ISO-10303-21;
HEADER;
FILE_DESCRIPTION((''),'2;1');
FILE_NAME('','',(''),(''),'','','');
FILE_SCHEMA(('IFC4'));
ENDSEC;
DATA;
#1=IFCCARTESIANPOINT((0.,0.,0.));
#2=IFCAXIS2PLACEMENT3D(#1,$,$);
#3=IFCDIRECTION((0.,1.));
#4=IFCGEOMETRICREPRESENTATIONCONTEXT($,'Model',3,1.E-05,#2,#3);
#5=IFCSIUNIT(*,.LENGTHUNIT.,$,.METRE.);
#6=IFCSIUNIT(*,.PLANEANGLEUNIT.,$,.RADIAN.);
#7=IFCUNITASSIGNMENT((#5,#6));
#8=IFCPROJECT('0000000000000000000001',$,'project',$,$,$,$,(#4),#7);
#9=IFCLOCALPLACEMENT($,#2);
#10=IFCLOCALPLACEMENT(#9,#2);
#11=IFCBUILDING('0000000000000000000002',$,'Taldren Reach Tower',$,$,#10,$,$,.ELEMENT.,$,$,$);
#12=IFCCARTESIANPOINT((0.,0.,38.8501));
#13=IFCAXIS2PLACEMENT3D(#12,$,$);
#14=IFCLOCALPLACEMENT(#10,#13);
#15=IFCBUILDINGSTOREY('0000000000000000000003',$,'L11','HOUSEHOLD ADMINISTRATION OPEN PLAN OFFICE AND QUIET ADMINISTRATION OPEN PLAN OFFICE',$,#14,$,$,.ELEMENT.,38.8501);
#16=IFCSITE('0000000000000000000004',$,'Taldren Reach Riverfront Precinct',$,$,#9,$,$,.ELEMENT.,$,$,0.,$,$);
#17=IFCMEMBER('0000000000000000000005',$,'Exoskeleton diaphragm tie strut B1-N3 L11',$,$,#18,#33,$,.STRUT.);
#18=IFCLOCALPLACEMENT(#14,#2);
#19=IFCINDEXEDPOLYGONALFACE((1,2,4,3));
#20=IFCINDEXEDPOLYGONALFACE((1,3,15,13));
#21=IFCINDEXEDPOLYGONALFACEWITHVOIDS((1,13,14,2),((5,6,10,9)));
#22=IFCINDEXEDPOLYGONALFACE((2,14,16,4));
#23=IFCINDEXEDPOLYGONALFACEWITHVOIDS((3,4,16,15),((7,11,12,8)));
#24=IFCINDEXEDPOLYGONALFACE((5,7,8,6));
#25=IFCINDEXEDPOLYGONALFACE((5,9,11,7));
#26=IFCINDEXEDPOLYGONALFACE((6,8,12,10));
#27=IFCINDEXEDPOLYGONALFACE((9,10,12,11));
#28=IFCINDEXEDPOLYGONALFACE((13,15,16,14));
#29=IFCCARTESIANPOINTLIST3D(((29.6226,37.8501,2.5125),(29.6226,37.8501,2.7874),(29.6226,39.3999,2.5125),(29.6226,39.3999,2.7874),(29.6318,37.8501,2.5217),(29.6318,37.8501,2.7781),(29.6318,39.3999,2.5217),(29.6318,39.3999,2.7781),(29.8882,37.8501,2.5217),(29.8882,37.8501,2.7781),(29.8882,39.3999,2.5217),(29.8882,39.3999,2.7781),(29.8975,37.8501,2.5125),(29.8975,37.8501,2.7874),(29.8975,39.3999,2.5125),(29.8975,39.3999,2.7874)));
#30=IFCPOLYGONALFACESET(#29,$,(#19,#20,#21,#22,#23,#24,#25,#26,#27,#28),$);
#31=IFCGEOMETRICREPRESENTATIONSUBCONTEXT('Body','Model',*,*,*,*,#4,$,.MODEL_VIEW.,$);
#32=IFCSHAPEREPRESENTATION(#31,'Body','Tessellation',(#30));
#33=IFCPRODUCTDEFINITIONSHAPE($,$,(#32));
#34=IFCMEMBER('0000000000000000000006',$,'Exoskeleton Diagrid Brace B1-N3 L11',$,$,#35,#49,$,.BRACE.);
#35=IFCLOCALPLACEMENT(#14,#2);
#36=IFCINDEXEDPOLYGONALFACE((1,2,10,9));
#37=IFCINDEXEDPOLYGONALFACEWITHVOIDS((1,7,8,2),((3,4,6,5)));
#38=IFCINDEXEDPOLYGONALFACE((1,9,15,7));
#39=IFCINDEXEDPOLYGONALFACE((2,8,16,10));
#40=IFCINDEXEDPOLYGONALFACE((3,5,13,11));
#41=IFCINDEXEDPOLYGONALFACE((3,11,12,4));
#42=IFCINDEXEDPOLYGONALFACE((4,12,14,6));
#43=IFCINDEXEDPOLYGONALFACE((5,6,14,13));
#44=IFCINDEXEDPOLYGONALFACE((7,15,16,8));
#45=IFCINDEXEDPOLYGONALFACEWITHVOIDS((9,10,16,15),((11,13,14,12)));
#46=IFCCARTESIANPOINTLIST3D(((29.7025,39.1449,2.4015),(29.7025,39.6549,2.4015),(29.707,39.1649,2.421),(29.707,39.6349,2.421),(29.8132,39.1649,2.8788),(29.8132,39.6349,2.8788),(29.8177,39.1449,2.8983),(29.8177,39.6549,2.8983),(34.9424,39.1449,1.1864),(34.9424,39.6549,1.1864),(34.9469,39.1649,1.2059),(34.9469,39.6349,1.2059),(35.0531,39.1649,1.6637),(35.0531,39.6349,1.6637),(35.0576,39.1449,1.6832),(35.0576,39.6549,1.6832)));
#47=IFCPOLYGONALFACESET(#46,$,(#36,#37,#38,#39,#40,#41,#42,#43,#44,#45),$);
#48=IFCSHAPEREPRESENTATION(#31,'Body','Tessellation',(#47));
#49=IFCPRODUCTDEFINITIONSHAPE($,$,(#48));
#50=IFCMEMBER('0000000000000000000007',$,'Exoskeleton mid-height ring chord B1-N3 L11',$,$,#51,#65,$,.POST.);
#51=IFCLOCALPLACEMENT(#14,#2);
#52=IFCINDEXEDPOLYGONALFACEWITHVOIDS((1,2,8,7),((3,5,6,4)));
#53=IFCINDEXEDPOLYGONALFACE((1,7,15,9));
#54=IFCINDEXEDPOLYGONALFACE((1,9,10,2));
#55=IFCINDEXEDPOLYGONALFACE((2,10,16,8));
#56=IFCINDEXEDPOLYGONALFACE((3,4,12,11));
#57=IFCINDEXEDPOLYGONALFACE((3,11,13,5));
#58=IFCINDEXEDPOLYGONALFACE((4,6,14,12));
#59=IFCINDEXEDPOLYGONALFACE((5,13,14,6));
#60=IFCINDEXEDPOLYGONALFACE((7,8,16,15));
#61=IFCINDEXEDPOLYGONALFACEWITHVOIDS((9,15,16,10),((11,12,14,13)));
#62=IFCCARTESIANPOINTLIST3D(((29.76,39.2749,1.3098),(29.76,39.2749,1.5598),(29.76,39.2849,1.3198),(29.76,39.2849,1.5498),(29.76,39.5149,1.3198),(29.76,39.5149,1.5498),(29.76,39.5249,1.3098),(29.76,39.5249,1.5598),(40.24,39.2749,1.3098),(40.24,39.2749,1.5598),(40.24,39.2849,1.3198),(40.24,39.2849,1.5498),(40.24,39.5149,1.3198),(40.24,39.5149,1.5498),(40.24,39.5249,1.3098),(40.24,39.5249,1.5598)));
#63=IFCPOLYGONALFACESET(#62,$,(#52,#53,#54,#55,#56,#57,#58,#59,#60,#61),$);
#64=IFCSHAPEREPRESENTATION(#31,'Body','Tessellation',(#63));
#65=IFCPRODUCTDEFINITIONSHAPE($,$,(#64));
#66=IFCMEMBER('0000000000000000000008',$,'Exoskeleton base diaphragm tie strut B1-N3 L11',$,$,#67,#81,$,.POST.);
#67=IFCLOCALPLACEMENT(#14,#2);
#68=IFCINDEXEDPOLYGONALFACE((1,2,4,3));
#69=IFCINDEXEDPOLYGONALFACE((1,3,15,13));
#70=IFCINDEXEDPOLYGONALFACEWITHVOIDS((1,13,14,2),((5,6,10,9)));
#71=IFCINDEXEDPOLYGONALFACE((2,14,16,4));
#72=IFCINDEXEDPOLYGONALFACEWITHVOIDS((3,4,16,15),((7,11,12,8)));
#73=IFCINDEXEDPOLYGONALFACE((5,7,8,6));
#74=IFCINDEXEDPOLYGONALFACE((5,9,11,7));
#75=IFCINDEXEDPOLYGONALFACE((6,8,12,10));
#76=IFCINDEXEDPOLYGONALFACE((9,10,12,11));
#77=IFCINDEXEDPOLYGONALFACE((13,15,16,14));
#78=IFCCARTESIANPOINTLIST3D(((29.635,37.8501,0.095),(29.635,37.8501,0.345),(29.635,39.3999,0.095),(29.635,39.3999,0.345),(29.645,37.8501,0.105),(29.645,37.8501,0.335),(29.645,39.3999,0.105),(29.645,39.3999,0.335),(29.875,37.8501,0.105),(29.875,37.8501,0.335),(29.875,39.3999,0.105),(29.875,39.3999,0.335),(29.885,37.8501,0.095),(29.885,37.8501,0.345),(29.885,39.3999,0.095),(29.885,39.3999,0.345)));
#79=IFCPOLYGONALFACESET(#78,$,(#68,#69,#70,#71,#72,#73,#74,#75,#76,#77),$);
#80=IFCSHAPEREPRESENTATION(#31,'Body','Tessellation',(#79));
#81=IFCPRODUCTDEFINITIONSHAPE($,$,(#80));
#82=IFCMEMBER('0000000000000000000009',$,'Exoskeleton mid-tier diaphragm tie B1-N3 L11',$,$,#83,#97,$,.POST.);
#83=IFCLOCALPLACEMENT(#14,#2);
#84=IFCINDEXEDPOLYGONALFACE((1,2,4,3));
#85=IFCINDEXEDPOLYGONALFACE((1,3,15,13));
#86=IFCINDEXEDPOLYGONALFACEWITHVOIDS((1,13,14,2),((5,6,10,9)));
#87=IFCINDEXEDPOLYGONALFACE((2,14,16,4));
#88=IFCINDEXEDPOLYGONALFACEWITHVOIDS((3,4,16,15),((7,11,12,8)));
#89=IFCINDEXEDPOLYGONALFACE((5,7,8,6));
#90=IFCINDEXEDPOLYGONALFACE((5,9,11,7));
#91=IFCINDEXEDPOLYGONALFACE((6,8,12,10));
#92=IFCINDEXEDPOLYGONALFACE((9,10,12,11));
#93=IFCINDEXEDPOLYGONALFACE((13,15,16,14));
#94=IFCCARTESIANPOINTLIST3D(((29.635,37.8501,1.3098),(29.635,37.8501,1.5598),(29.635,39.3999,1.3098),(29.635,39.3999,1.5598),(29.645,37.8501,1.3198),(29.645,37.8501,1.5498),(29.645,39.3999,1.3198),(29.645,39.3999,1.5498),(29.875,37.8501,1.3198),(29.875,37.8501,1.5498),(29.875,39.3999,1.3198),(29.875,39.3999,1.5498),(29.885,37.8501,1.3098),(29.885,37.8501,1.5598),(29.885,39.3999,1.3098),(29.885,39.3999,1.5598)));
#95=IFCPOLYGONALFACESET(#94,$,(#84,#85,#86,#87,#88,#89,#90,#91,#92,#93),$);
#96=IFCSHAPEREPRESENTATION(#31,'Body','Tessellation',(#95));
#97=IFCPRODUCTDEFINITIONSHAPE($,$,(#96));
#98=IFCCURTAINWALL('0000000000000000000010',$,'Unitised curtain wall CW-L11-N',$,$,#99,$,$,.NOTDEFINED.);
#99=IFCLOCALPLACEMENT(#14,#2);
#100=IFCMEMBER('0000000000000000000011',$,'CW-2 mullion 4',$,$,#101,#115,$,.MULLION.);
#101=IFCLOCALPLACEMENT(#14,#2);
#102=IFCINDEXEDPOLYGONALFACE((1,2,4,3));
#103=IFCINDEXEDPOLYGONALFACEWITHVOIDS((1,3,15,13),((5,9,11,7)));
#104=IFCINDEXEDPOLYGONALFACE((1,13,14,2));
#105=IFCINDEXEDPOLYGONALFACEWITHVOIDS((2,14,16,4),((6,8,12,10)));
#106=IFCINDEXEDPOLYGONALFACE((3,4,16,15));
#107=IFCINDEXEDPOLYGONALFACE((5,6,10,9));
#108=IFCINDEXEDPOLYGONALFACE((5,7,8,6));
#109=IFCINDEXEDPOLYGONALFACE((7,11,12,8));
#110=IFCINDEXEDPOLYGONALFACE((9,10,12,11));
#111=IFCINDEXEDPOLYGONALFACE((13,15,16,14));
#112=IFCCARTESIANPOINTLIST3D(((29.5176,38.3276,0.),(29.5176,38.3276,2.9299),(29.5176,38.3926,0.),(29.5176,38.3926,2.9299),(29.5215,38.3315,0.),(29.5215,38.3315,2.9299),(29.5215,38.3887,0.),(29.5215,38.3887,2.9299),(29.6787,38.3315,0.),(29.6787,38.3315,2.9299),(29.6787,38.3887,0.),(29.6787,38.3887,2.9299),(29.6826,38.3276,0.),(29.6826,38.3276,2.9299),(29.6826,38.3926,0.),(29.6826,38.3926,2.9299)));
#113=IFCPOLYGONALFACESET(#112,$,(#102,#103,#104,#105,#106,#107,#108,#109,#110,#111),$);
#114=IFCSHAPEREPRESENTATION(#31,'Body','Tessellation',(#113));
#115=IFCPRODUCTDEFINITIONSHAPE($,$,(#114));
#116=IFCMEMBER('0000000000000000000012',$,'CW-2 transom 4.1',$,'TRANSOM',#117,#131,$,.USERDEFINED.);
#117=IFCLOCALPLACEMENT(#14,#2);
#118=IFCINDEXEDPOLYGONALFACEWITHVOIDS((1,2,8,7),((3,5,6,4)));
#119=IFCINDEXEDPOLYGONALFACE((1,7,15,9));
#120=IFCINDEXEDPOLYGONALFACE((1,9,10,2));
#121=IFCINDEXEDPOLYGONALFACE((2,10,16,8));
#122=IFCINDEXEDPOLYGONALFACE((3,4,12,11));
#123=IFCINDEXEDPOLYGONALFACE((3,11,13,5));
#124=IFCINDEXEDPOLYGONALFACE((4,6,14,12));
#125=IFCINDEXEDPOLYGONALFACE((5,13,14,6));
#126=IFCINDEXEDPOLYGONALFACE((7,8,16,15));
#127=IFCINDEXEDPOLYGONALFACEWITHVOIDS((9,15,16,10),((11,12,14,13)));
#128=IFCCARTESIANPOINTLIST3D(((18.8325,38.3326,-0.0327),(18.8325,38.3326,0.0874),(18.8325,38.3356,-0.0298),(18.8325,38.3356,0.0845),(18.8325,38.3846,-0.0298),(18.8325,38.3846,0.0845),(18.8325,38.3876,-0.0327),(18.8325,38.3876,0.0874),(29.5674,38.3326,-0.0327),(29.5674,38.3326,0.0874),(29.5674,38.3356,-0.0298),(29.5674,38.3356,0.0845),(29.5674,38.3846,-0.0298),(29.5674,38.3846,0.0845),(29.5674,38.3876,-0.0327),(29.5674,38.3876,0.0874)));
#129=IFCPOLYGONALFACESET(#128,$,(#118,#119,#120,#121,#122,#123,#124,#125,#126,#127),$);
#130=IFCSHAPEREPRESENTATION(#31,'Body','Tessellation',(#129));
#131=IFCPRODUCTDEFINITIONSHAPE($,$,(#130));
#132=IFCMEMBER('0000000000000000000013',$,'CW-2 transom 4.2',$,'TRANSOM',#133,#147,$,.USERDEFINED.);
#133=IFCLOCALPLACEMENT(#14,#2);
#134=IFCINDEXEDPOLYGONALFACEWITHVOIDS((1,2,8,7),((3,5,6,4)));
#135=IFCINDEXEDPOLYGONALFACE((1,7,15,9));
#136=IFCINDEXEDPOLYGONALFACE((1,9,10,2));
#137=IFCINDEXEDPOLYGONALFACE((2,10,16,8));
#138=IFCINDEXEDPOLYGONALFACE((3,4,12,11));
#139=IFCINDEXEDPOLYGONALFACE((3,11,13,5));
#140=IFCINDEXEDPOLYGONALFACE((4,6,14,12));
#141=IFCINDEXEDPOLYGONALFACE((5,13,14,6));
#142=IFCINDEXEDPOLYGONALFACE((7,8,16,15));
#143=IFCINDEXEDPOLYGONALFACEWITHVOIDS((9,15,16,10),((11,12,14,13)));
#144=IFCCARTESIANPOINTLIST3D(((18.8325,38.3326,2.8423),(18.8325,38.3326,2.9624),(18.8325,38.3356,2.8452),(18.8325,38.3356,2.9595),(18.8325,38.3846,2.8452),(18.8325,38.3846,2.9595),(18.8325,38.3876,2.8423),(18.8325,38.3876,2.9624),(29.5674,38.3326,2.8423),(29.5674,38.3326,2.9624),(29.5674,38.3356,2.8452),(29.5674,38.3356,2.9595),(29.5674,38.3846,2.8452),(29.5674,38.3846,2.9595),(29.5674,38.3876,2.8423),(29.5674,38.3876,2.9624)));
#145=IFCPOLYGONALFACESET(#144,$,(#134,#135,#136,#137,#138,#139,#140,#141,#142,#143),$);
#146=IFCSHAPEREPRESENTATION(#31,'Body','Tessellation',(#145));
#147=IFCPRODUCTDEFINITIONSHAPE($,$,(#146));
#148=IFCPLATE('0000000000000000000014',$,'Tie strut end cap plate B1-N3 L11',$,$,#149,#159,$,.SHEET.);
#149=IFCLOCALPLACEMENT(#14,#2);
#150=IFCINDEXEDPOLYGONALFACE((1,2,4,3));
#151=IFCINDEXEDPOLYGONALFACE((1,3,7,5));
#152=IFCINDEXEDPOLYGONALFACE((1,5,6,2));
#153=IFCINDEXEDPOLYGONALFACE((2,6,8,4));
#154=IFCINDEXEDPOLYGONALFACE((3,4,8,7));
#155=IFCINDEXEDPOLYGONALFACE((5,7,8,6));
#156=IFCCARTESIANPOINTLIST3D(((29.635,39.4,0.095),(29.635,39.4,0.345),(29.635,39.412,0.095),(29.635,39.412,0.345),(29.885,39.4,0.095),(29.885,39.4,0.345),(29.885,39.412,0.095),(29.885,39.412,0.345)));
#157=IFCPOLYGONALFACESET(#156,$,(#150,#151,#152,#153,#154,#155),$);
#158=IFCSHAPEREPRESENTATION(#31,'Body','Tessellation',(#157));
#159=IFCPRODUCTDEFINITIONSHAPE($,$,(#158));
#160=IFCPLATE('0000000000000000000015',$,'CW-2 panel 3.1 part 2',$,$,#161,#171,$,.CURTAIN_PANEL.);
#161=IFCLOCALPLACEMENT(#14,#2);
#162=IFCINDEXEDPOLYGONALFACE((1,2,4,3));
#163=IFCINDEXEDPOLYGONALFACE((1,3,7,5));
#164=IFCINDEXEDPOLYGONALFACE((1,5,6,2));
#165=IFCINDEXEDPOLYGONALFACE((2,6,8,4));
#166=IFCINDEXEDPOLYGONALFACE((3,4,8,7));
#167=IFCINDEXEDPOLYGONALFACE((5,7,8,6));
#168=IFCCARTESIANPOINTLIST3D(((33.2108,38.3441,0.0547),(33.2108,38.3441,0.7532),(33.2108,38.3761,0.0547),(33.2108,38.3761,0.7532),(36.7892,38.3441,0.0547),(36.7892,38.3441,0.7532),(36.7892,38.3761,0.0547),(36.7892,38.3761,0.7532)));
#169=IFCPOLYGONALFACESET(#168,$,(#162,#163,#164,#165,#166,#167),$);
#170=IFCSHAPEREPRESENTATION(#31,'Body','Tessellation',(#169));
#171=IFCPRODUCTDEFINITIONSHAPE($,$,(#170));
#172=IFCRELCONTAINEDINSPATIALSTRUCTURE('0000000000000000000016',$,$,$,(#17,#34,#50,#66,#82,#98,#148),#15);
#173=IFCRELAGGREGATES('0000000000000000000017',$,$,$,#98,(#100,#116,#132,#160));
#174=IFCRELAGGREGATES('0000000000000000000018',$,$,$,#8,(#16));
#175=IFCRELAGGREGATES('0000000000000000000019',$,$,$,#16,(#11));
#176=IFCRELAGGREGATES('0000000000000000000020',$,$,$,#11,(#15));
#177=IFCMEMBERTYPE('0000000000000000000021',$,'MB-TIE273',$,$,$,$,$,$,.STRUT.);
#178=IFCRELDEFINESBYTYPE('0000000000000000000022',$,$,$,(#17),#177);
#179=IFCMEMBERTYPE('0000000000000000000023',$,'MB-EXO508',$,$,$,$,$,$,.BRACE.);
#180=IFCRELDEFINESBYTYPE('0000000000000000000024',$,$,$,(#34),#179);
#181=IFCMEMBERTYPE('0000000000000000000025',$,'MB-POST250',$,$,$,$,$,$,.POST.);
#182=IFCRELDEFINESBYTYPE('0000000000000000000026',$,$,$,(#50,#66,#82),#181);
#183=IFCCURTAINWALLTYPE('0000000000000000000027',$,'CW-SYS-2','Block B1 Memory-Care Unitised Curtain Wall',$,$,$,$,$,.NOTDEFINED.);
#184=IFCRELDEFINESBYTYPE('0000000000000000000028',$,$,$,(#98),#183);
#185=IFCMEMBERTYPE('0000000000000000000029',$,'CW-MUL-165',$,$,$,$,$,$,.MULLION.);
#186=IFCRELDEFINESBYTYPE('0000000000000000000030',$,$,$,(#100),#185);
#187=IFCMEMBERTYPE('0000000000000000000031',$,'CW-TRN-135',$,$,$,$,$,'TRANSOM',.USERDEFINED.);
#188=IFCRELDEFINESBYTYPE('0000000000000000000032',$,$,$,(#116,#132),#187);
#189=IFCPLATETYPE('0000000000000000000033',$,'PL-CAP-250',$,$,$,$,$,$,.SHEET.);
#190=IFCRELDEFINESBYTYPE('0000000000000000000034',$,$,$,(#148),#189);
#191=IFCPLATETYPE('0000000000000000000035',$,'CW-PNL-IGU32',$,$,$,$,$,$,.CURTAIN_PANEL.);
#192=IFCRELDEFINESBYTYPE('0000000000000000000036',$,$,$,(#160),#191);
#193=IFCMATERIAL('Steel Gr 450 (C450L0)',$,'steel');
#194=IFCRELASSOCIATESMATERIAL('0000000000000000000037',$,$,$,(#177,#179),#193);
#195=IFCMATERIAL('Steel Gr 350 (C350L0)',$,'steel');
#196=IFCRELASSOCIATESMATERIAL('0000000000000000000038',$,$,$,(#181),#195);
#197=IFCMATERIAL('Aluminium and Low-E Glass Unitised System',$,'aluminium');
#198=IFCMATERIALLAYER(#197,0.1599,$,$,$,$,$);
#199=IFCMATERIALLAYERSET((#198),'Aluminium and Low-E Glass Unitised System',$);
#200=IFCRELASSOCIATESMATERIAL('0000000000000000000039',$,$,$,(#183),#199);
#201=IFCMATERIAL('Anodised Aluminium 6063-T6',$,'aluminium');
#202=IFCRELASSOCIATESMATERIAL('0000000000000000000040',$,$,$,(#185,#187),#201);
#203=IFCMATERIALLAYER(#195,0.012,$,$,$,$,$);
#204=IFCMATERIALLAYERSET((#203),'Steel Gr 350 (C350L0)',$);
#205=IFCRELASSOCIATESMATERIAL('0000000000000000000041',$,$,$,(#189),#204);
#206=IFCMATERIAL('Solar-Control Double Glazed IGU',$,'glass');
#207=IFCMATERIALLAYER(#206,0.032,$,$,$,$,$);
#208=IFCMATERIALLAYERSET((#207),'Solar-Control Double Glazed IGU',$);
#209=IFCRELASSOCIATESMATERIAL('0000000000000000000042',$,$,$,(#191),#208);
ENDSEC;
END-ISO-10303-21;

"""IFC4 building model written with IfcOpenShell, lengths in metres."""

from ifc_helpers import new_model, si_unit, direction, frame, origin, origin_2d, place, context, subcontext, project, spatial, rectangle, hollow_rectangle, extrude, source, transform, mapped, material, layer, layer_set, material_profile, profile_set, type_object, element, aggregate, save


model = new_model("IFC4")

# Units and contexts
model_context = context("Model", 3, precision=1e-05, world=origin(), true_north=direction((0.0, 1.0)))
body_context = subcontext(model_context, "Body", "Model", "MODEL_VIEW")
ifc_project = project(units=[si_unit("LENGTHUNIT", "METRE"), si_unit("PLANEANGLEUNIT", "RADIAN")], contexts=[model_context])

# Site, building, storey
site_placement = place(None, origin())
site = spatial("IfcSite", under=ifc_project, at=site_placement, Name="Taldren Reach Riverfront Precinct", CompositionType="ELEMENT", RefElevation=0.0)
building_placement = place(site_placement, origin())
building = spatial("IfcBuilding", under=site, at=building_placement, Name="Taldren Reach Tower", CompositionType="ELEMENT")
storey_placement = place(building_placement, frame((0.0, 0.0, 38.8501)))
storey = spatial("IfcBuildingStorey", under=building, at=storey_placement, Name="L11", Description="HOUSEHOLD ADMINISTRATION OPEN PLAN OFFICE AND QUIET ADMINISTRATION OPEN PLAN OFFICE", CompositionType="ELEMENT", Elevation=38.8501)

# Members
ifc_material_1 = material(Name="Steel Gr 450 (C450L0)", Category="steel")
ifc_material_profile_1 = material_profile(ifc_material_1, hollow_rectangle(XDim=0.2749, YDim=0.2749, WallThickness=0.0093, at=origin_2d()), Name="275x275x9.3SHS")
ifc_profile_set_1 = profile_set([ifc_material_profile_1], Name="Steel Gr 450 (C450L0)")
member_type_1 = type_object("IfcMemberType", Name="MB-TIE273", PredefinedType="STRUT", material=ifc_profile_set_1)
shared_shape_1 = source(origin(), body_context, "Body", "SweptSolid", [
    extrude(hollow_rectangle(XDim=0.2749, YDim=0.2749, WallThickness=0.0093, at=origin_2d()), origin(), (0.0, 0.0, 1.0), 1.5498),
])
member_1_placement = place(storey_placement, frame((29.76, 37.8501, 2.6499), z_axis=(0.0, 1.0, 0.0), x_axis=(-1.0, 0.0, 0.0)))
element("IfcMember", 1, at=member_1_placement, inside=storey, type_object=member_type_1, Name="Exoskeleton diaphragm tie strut B1-N3 L11", PredefinedType="STRUT", context=body_context, shape_type="MappedRepresentation", body=[
    mapped(shared_shape_1, transform((0.0, 0.0, 0.0), scale=1.0)),
])
ifc_material_profile_2 = material_profile(ifc_material_1, hollow_rectangle(XDim=0.51, YDim=0.51, WallThickness=0.02, at=origin_2d()), Name="510x510x20.0SHS")
ifc_profile_set_2 = profile_set([ifc_material_profile_2], Name="Steel Gr 450 (C450L0)")
member_type_2 = type_object("IfcMemberType", Name="MB-EXO508", PredefinedType="BRACE", material=ifc_profile_set_2)
shared_shape_2 = source(origin(), body_context, "Body", "SweptSolid", [
    extrude(hollow_rectangle(XDim=0.51, YDim=0.51, WallThickness=0.02, at=origin_2d()), origin(), (0.0, 0.0, 1.0), 5.3789),
])
member_2_placement = place(storey_placement, frame((35.0, 39.3999, 1.4348), z_axis=(-0.974152, 0.0, 0.225894), x_axis=(0.0, -1.0, 0.0)))
element("IfcMember", 2, at=member_2_placement, inside=storey, type_object=member_type_2, Name="Exoskeleton Diagrid Brace B1-N3 L11", PredefinedType="BRACE", context=body_context, shape_type="MappedRepresentation", body=[
    mapped(shared_shape_2, transform((0.0, 0.0, 0.0), scale=1.0)),
])
ifc_material_2 = material(Name="Steel Gr 350 (C350L0)", Category="steel")
ifc_material_profile_3 = material_profile(ifc_material_2, hollow_rectangle(XDim=0.25, YDim=0.25, WallThickness=0.01, at=origin_2d()), Name="250x250x10.0SHS")
ifc_profile_set_3 = profile_set([ifc_material_profile_3], Name="Steel Gr 350 (C350L0)")
member_type_3 = type_object("IfcMemberType", Name="MB-POST250", PredefinedType="POST", material=ifc_profile_set_3)
shared_shape_3 = source(origin(), body_context, "Body", "SweptSolid", [
    extrude(hollow_rectangle(XDim=0.25, YDim=0.25, WallThickness=0.01, at=origin_2d()), origin(), (0.0, 0.0, 1.0), 10.48),
])
member_3_placement = place(storey_placement, frame((29.76, 39.3999, 1.4348), z_axis=(1.0, 0.0, 0.0), x_axis=(0.0, 1.0, 0.0)))
element("IfcMember", 3, at=member_3_placement, inside=storey, type_object=member_type_3, Name="Exoskeleton mid-height ring chord B1-N3 L11", PredefinedType="POST", context=body_context, shape_type="MappedRepresentation", body=[
    mapped(shared_shape_3, transform((0.0, 0.0, 0.0), scale=1.0)),
])
shared_shape_4 = source(origin(), body_context, "Body", "SweptSolid", [
    extrude(hollow_rectangle(XDim=0.25, YDim=0.25, WallThickness=0.01, at=origin_2d()), origin(), (0.0, 0.0, 1.0), 1.5498),
])
for number, where, z_axis, x_axis, name in (
    (4, (29.76, 37.8501, 0.22), (0.0, 1.0, 0.0), (-1.0, 0.0, 0.0), "Exoskeleton base diaphragm tie strut B1-N3 L11"),
    (5, (29.76, 37.8501, 1.4348), (0.0, 1.0, 0.0), (-1.0, 0.0, 0.0), "Exoskeleton mid-tier diaphragm tie B1-N3 L11"),
):
    element("IfcMember", number, at=place(storey_placement, frame(where, z_axis=z_axis, x_axis=x_axis)), inside=storey, type_object=member_type_3, Name=name, PredefinedType="POST", context=body_context, shape_type="MappedRepresentation", body=[
        mapped(shared_shape_4, transform((0.0, 0.0, 0.0), scale=1.0)),
    ])

# Curtain wall, members
ifc_material_3 = material(Name="Aluminium and Low-E Glass Unitised System", Category="aluminium")
ifc_layer_1 = layer(ifc_material_3, 0.1599)
ifc_layer_set_1 = layer_set([ifc_layer_1], Name="Aluminium and Low-E Glass Unitised System")
curtain_wall_type = type_object("IfcCurtainWallType", Name="CW-SYS-2", Description="Block B1 Memory-Care Unitised Curtain Wall", PredefinedType="NOTDEFINED", material=ifc_layer_set_1)
curtain_wall_placement = place(storey_placement, origin())
curtain_wall = element("IfcCurtainWall", 6, at=curtain_wall_placement, inside=storey, type_object=curtain_wall_type, Name="Unitised curtain wall CW-L11-N", PredefinedType="NOTDEFINED")
ifc_material_4 = material(Name="Anodised Aluminium 6063-T6", Category="aluminium")
ifc_material_profile_4 = material_profile(ifc_material_4, hollow_rectangle(XDim=0.0649, YDim=0.165, WallThickness=0.0039, at=origin_2d()), Name="ALU-165x65x4RHS")
ifc_profile_set_4 = profile_set([ifc_material_profile_4], Name="Anodised Aluminium 6063-T6")
member_type_4 = type_object("IfcMemberType", Name="CW-MUL-165", PredefinedType="MULLION", material=ifc_profile_set_4)
shared_shape_5 = source(origin(), body_context, "Body", "SweptSolid", [
    extrude(hollow_rectangle(XDim=0.0649, YDim=0.165, WallThickness=0.0039, at=origin_2d()), origin(), (0.0, 0.0, 1.0), 2.9299),
])
member_4_placement = place(storey_placement, frame((29.6001, 38.3601, 0.0), z_axis=(0.0, 0.0, 1.0), x_axis=(0.0, -1.0, 0.0)))
member_4 = element("IfcMember", 7, at=member_4_placement, type_object=member_type_4, Name="CW-2 mullion 4", PredefinedType="MULLION", context=body_context, shape_type="MappedRepresentation", body=[
    mapped(shared_shape_5, transform((0.0, 0.0, 0.0), scale=1.0)),
])
ifc_material_profile_5 = material_profile(ifc_material_4, hollow_rectangle(XDim=0.0549, YDim=0.1201, WallThickness=0.0029, at=origin_2d()), Name="ALU-120x55x3RHS")
ifc_profile_set_5 = profile_set([ifc_material_profile_5], Name="Anodised Aluminium 6063-T6")
member_type_5 = type_object("IfcMemberType", Name="CW-TRN-135", ElementType="TRANSOM", PredefinedType="USERDEFINED", material=ifc_profile_set_5)
shared_shape_6 = source(origin(), body_context, "Body", "SweptSolid", [
    extrude(hollow_rectangle(XDim=0.0549, YDim=0.1201, WallThickness=0.0029, at=origin_2d()), origin(), (0.0, 0.0, 1.0), 10.7349),
])
member_5_placement = place(storey_placement, frame((29.5674, 38.3601, 0.0273), z_axis=(-1.0, 0.0, 0.0), x_axis=(0.0, -1.0, 0.0)))
member_5 = element("IfcMember", 8, at=member_5_placement, type_object=member_type_5, Name="CW-2 transom 4.1", ObjectType="TRANSOM", PredefinedType="USERDEFINED", context=body_context, shape_type="MappedRepresentation", body=[
    mapped(shared_shape_6, transform((0.0, 0.0, 0.0), scale=1.0)),
])
member_6_placement = place(storey_placement, frame((29.5674, 38.3601, 2.9023), z_axis=(-1.0, 0.0, 0.0), x_axis=(0.0, -1.0, 0.0)))
member_6 = element("IfcMember", 9, at=member_6_placement, type_object=member_type_5, Name="CW-2 transom 4.2", ObjectType="TRANSOM", PredefinedType="USERDEFINED", context=body_context, shape_type="MappedRepresentation", body=[
    mapped(shared_shape_6, transform((0.0, 0.0, 0.0), scale=1.0)),
])

# Plates
ifc_layer_2 = layer(ifc_material_2, 0.012)
ifc_layer_set_2 = layer_set([ifc_layer_2], Name="Steel Gr 350 (C350L0)")
plate_type_1 = type_object("IfcPlateType", Name="PL-CAP-250", PredefinedType="SHEET", material=ifc_layer_set_2)
shared_shape_7 = source(origin(), body_context, "Body", "SweptSolid", [
    extrude(rectangle(XDim=0.25, YDim=0.012, at=origin_2d()), origin(), (0.0, 0.0, 1.0), 0.25),
])
plate_1_placement = place(storey_placement, frame((29.76, 39.406, 0.095), z_axis=(0.0, 0.0, 1.0), x_axis=(1.0, 0.0, 0.0)))
element("IfcPlate", 10, at=plate_1_placement, inside=storey, type_object=plate_type_1, Name="Tie strut end cap plate B1-N3 L11", PredefinedType="SHEET", context=body_context, shape_type="MappedRepresentation", body=[
    mapped(shared_shape_7, transform((0.0, 0.0, 0.0), scale=1.0)),
])
ifc_material_5 = material(Name="Solar-Control Double Glazed IGU", Category="glass")
ifc_layer_3 = layer(ifc_material_5, 0.032)
ifc_layer_set_3 = layer_set([ifc_layer_3], Name="Solar-Control Double Glazed IGU")
plate_type_2 = type_object("IfcPlateType", Name="CW-PNL-IGU32", PredefinedType="CURTAIN_PANEL", material=ifc_layer_set_3)
shared_shape_8 = source(origin(), body_context, "Body", "SweptSolid", [
    extrude(rectangle(XDim=3.5784, YDim=0.032, at=origin_2d()), origin(), (0.0, 0.0, 1.0), 0.6985),
])
plate_2_placement = place(storey_placement, frame((35.0, 38.3601, 0.0547), z_axis=(0.0, 0.0, 1.0), x_axis=(-1.0, 0.0, 0.0)))
plate_2 = element("IfcPlate", 11, at=plate_2_placement, type_object=plate_type_2, Name="CW-2 panel 3.1 part 2", PredefinedType="CURTAIN_PANEL", context=body_context, shape_type="MappedRepresentation", body=[
    mapped(shared_shape_8, transform((0.0, 0.0, 0.0), scale=1.0)),
])
aggregate(curtain_wall, [member_4, member_5, member_6, plate_2])

save(model, "model.ifc")
